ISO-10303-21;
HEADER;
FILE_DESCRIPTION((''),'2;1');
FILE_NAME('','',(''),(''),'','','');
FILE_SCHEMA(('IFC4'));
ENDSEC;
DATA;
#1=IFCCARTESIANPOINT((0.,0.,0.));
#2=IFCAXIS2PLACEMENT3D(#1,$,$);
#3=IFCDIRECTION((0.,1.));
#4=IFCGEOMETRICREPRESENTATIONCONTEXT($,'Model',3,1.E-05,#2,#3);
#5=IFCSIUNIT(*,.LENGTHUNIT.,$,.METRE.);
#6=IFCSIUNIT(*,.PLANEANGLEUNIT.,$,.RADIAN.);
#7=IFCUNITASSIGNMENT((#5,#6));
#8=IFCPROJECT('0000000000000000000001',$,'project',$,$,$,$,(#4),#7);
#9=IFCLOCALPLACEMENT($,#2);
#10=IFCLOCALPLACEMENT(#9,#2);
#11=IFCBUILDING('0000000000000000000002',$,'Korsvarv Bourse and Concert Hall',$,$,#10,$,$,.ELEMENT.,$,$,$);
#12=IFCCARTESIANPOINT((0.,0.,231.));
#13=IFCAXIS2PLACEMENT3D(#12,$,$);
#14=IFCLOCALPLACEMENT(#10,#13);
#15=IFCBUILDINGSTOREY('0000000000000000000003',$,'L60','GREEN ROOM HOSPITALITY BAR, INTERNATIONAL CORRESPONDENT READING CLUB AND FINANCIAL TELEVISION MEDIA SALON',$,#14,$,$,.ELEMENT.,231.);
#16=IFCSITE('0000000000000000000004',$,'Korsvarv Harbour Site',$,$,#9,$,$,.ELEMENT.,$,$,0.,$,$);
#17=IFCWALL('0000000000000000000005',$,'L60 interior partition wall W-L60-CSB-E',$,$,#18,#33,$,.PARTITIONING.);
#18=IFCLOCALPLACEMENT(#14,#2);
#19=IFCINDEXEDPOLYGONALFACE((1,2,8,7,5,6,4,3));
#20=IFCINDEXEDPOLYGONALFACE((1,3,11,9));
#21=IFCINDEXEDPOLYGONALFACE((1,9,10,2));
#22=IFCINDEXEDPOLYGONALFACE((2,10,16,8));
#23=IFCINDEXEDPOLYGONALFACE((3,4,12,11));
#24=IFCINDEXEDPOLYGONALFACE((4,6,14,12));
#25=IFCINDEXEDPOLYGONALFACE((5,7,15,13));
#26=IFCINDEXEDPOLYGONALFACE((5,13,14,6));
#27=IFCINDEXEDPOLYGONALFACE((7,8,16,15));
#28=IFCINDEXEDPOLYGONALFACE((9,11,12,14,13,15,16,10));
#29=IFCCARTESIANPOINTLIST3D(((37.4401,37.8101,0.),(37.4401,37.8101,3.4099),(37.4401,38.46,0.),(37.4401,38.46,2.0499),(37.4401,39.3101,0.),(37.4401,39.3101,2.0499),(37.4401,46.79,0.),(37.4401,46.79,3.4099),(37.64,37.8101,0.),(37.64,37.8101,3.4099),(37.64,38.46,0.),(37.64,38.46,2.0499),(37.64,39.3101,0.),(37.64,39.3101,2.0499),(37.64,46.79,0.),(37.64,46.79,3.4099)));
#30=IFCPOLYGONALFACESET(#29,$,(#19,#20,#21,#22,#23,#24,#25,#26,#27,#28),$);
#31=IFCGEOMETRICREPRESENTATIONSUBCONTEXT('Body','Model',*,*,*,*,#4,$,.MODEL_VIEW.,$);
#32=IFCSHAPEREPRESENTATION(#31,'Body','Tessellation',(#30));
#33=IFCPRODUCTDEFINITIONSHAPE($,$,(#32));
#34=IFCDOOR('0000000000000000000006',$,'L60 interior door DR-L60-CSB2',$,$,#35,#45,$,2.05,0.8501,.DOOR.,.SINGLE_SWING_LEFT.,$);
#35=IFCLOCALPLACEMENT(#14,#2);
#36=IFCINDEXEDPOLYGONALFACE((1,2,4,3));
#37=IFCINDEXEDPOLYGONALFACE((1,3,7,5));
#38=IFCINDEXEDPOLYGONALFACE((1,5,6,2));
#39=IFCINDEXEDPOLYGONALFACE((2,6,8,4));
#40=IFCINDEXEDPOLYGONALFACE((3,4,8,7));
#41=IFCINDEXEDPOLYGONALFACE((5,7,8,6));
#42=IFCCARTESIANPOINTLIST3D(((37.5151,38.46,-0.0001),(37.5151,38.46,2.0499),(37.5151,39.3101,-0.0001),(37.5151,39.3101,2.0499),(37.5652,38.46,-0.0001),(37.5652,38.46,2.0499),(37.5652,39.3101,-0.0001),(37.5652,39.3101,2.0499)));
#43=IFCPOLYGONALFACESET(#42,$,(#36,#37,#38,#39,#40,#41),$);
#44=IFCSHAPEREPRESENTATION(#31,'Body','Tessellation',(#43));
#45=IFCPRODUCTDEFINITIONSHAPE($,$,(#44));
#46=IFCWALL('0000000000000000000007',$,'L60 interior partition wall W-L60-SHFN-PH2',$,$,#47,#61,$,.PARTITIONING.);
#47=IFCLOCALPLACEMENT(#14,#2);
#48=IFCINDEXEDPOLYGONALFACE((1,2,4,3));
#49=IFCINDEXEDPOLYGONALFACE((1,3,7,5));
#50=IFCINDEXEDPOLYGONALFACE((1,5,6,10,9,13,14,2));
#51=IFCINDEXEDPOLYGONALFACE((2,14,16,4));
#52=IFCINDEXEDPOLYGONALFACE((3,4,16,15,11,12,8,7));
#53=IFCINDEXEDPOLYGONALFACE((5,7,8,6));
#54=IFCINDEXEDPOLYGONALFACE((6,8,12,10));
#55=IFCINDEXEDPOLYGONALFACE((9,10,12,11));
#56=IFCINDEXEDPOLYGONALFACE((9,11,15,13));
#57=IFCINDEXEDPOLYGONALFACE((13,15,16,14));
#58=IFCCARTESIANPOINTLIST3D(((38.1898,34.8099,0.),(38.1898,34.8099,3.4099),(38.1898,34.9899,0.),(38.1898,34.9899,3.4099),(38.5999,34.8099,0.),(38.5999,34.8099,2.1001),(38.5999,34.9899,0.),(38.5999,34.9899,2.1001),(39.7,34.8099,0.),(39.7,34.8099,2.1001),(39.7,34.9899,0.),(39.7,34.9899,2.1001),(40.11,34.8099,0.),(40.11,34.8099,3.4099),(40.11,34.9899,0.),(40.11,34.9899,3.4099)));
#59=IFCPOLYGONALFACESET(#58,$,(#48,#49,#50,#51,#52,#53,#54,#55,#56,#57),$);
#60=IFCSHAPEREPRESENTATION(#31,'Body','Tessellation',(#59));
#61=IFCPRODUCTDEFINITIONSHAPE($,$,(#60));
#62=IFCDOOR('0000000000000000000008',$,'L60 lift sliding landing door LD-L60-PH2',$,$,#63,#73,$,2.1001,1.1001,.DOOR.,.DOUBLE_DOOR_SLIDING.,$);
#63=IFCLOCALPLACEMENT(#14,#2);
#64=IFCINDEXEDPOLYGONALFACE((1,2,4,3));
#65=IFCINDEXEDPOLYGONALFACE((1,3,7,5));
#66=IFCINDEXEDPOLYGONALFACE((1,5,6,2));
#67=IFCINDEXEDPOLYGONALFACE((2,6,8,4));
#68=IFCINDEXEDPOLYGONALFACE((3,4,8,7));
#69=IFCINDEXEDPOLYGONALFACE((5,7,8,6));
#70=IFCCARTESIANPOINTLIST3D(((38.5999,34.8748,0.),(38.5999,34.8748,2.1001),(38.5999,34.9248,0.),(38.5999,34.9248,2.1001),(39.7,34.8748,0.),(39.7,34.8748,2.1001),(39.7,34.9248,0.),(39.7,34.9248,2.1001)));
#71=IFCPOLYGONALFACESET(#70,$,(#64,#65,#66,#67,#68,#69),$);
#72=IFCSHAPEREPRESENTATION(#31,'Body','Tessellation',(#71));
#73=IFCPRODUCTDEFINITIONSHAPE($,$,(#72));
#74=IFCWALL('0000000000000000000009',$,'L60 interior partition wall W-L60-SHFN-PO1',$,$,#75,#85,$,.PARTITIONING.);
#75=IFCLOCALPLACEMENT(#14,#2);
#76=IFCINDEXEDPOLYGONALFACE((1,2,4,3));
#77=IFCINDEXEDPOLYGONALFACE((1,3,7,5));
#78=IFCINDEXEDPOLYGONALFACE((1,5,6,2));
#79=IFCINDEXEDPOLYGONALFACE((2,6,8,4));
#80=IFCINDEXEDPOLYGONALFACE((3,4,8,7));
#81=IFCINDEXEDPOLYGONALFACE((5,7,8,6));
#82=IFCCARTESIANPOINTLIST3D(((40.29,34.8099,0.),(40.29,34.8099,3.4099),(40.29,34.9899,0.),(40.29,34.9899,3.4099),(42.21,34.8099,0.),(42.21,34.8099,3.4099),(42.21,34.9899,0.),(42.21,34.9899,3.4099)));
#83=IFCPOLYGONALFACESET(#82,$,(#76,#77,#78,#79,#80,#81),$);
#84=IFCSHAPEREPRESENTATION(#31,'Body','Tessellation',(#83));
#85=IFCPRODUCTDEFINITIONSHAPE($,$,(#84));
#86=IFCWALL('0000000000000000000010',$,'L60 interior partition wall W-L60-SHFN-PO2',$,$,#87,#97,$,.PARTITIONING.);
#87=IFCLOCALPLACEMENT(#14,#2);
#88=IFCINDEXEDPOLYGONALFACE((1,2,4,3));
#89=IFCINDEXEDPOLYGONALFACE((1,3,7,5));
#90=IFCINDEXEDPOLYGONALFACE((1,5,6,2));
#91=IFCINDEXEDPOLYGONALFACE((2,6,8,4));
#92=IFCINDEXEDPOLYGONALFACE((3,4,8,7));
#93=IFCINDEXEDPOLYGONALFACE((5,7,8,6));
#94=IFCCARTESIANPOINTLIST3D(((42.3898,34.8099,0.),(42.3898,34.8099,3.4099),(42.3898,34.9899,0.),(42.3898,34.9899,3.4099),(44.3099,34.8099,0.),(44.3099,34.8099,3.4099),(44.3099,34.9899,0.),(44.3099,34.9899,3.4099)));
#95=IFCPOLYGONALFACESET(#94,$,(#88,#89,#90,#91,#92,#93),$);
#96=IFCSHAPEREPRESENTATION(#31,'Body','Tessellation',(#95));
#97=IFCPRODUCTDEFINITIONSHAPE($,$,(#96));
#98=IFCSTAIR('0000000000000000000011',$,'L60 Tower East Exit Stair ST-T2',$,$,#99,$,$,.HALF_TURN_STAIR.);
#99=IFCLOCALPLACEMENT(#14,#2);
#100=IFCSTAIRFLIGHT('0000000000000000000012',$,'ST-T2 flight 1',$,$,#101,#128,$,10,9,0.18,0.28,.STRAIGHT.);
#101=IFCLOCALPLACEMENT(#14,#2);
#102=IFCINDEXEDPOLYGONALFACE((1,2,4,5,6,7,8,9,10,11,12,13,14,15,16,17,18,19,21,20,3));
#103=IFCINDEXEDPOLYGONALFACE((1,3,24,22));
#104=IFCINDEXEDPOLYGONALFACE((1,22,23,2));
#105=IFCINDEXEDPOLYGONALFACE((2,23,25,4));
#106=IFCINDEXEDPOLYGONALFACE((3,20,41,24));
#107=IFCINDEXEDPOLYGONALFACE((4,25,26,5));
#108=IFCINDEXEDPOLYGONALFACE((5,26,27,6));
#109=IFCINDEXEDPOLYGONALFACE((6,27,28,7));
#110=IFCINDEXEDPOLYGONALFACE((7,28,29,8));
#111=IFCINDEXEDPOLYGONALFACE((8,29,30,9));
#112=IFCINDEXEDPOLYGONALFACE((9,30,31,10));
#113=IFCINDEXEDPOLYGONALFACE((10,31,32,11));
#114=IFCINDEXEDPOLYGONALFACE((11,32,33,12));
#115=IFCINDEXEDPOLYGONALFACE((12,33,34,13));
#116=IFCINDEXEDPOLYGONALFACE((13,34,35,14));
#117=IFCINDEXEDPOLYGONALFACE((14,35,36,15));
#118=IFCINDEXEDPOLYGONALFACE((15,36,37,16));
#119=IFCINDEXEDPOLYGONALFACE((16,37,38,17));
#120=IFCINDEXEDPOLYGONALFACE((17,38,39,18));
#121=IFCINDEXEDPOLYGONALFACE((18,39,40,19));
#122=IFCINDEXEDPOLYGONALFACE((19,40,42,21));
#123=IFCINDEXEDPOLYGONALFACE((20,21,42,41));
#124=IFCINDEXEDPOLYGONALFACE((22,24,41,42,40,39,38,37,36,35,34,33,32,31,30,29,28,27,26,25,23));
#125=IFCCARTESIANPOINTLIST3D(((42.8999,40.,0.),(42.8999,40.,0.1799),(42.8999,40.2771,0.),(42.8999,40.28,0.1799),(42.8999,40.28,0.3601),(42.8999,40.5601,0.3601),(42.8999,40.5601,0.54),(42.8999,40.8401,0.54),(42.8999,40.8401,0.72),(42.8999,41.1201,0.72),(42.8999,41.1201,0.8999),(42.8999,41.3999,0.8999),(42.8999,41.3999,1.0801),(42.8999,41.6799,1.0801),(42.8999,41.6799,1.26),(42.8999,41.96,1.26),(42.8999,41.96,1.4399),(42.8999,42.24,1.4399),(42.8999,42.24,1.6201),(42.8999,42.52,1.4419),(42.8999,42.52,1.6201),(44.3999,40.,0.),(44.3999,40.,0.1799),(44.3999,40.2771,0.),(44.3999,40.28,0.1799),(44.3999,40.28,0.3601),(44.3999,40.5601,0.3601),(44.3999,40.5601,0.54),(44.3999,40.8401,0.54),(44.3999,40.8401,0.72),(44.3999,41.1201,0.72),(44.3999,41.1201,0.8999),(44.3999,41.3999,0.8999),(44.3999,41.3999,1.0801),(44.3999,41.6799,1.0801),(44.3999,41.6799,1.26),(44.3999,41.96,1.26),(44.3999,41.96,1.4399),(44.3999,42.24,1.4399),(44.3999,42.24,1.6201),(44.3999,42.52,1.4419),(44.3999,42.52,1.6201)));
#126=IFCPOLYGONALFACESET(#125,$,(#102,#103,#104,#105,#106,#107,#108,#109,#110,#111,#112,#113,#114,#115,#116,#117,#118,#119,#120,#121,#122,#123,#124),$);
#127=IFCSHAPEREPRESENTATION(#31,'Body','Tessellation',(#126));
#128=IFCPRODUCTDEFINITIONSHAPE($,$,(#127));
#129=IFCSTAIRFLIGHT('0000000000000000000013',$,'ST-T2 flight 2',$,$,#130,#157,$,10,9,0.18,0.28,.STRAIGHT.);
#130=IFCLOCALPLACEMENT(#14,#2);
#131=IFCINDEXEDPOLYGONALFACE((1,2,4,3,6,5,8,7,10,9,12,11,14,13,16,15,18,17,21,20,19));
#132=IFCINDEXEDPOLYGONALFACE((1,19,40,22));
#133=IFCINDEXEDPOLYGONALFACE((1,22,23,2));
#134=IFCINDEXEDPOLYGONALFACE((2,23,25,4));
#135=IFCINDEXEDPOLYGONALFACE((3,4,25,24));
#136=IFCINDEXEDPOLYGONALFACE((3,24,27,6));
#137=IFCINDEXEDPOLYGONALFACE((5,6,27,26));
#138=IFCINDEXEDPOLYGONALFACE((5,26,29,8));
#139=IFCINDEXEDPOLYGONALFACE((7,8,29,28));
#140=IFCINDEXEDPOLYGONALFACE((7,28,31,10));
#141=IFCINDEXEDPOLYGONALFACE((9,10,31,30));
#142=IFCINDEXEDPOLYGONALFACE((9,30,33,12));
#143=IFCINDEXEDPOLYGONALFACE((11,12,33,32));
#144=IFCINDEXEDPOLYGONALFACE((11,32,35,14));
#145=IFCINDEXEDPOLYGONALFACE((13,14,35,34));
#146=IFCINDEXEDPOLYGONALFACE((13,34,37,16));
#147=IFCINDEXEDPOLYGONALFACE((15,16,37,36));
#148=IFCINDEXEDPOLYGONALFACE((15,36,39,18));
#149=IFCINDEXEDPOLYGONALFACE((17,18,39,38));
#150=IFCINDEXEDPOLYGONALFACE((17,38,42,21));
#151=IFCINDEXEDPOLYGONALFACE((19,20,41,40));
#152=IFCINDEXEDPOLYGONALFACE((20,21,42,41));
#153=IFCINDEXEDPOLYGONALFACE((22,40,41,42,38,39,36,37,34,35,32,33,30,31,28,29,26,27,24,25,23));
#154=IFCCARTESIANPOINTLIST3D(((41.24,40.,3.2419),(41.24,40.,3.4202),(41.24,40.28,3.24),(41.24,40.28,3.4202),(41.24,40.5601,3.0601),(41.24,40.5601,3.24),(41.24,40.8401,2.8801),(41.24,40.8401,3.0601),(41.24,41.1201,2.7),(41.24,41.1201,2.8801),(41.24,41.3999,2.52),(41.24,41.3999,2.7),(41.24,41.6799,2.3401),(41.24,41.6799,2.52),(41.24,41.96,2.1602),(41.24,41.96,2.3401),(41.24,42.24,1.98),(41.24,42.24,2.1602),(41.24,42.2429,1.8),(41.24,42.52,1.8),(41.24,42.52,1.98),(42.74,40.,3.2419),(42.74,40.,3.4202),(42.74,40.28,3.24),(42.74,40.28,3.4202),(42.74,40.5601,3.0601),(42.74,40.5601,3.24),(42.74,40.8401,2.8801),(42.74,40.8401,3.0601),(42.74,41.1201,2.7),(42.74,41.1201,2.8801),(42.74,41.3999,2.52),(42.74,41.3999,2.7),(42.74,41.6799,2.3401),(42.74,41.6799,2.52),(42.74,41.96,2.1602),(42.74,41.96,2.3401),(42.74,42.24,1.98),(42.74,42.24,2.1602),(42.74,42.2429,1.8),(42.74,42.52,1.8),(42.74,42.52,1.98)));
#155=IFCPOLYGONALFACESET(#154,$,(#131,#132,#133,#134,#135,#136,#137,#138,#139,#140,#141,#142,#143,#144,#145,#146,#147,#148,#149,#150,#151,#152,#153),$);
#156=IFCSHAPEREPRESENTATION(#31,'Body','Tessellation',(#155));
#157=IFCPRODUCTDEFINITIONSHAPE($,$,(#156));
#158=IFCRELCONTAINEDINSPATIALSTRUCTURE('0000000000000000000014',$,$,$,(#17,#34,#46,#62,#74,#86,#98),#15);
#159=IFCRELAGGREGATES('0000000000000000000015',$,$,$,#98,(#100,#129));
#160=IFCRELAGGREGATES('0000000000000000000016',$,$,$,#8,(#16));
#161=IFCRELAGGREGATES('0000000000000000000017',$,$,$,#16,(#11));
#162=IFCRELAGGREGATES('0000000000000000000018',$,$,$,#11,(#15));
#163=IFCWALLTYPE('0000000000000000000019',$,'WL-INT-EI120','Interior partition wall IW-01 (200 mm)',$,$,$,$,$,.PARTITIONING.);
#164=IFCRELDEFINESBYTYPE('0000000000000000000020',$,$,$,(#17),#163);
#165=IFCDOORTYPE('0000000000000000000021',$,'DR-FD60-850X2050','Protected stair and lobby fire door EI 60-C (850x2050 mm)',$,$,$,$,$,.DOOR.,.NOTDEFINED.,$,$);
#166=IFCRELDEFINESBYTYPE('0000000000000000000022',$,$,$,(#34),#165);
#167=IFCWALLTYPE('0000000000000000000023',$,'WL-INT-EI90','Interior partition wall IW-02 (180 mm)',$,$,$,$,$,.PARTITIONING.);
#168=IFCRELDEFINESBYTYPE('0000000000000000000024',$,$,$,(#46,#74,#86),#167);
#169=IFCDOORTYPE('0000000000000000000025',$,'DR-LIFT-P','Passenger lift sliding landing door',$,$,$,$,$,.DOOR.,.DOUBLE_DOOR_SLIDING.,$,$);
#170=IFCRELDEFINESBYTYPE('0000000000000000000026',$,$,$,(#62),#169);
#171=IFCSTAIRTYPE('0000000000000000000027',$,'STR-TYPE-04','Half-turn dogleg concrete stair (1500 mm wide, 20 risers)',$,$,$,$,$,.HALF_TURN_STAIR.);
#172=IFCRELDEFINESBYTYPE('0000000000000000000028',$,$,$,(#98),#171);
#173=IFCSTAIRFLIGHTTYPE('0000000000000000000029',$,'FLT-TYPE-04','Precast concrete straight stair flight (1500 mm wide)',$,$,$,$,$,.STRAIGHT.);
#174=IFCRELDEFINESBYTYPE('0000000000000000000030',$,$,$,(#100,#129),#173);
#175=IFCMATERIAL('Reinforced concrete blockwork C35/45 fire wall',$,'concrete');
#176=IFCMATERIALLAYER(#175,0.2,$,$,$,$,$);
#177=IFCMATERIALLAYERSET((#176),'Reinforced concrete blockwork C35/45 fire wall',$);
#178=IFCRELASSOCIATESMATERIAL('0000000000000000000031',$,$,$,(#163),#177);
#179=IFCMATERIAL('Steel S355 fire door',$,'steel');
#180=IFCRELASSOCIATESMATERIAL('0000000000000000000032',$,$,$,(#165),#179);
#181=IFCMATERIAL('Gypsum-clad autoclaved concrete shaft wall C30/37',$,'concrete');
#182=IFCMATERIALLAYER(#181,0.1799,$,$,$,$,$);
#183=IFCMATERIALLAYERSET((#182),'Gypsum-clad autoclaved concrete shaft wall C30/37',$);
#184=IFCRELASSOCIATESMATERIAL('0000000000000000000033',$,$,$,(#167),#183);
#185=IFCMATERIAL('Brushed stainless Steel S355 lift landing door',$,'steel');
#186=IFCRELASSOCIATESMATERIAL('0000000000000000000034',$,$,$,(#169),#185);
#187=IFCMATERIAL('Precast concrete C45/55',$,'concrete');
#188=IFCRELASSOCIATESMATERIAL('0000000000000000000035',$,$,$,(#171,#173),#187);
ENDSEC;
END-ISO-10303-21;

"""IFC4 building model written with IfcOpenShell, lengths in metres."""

from ifc_helpers import new_model, si_unit, direction, frame, frame_2d, origin, place, context, subcontext, project, spatial, polyline, rectangle, outline, extrude, material, layer, layer_set, type_object, element, fill, aggregate, save


model = new_model("IFC4")

# Units and contexts
model_context = context("Model", 3, precision=1e-05, world=origin(), true_north=direction((0.0, 1.0)))
body_context = subcontext(model_context, "Body", "Model", "MODEL_VIEW")
ifc_project = project(units=[si_unit("LENGTHUNIT", "METRE"), si_unit("PLANEANGLEUNIT", "RADIAN")], contexts=[model_context])

# Site, building, storey
site_placement = place(None, origin())
site = spatial("IfcSite", under=ifc_project, at=site_placement, Name="Korsvarv Harbour Site", CompositionType="ELEMENT", RefElevation=0.0)
building_placement = place(site_placement, origin())
building = spatial("IfcBuilding", under=site, at=building_placement, Name="Korsvarv Bourse and Concert Hall", CompositionType="ELEMENT")
storey_placement = place(building_placement, frame((0.0, 0.0, 231.0)))
storey = spatial("IfcBuildingStorey", under=building, at=storey_placement, Name="L60", Description="GREEN ROOM HOSPITALITY BAR, INTERNATIONAL CORRESPONDENT READING CLUB AND FINANCIAL TELEVISION MEDIA SALON", CompositionType="ELEMENT", Elevation=231.0)

# Shared definitions
ifc_material_1 = material(Name="Steel S355 fire door", Category="steel")

# Walls, openings, doors
ifc_material_2 = material(Name="Reinforced concrete blockwork C35/45 fire wall", Category="concrete")
ifc_layer_1 = layer(ifc_material_2, 0.2)
ifc_layer_set_1 = layer_set([ifc_layer_1], Name="Reinforced concrete blockwork C35/45 fire wall")
wall_type_1 = type_object("IfcWallType", Name="WL-INT-EI120", Description="Interior partition wall IW-01 (200 mm)", PredefinedType="PARTITIONING", material=ifc_layer_set_1)
wall_1_placement = place(storey_placement, frame((37.54, 37.8101, 0.0), z_axis=(0.0, 0.0, 1.0), x_axis=(0.0, 1.0, 0.0)))
wall_1 = element("IfcWall", 1, at=wall_1_placement, inside=storey, type_object=wall_type_1, Name="L60 interior partition wall W-L60-CSB-E", PredefinedType="PARTITIONING", context=body_context, shape_type="SweptSolid", body=[
    extrude(rectangle(XDim=8.98, YDim=0.2, at=frame_2d((4.49, 0.0))), origin(), (0.0, 0.0, 1.0), 3.4099),
])
opening_1_placement = place(wall_1_placement, frame((0.6499, 0.0, 0.0)))
opening_1 = element("IfcOpeningElement", 2, at=opening_1_placement, cuts=wall_1, PredefinedType="OPENING", context=body_context, shape_type="SweptSolid", body=[
    extrude(rectangle(XDim=0.8501, YDim=2.05, at=frame_2d((0.425, 1.0249))), frame((0.0, 0.1099, 0.0), z_axis=(0.0, -1.0, 0.0), x_axis=(1.0, 0.0, 0.0)), (0.0, 0.0, 1.0), 0.22),
])
door_type_1 = type_object("IfcDoorType", Name="DR-FD60-850X2050", Description="Protected stair and lobby fire door EI 60-C (850x2050 mm)", OperationType="NOTDEFINED", PredefinedType="DOOR", material=ifc_material_1)
door_1_placement = place(opening_1_placement, origin())
door_1 = element("IfcDoor", 3, at=door_1_placement, inside=storey, type_object=door_type_1, Name="L60 interior door DR-L60-CSB2", OperationType="SINGLE_SWING_LEFT", OverallHeight=2.05, OverallWidth=0.8501, PredefinedType="DOOR", context=body_context, shape_type="SweptSolid", body=[
    extrude(rectangle(XDim=0.8501, YDim=2.05, at=frame_2d((0.425, 1.0249))), frame((0.0, 0.0249, 0.0), z_axis=(0.0, -1.0, 0.0), x_axis=(1.0, 0.0, 0.0)), (0.0, 0.0, 1.0), 0.05),
])
fill(opening_1, door_1)
ifc_material_3 = material(Name="Gypsum-clad autoclaved concrete shaft wall C30/37", Category="concrete")
ifc_layer_2 = layer(ifc_material_3, 0.1799)
ifc_layer_set_2 = layer_set([ifc_layer_2], Name="Gypsum-clad autoclaved concrete shaft wall C30/37")
wall_type_2 = type_object("IfcWallType", Name="WL-INT-EI90", Description="Interior partition wall IW-02 (180 mm)", PredefinedType="PARTITIONING", material=ifc_layer_set_2)
wall_2_placement = place(storey_placement, frame((38.1899, 34.8999, 0.0), z_axis=(0.0, 0.0, 1.0), x_axis=(1.0, 0.0, 0.0)))
wall_2 = element("IfcWall", 4, at=wall_2_placement, inside=storey, type_object=wall_type_2, Name="L60 interior partition wall W-L60-SHFN-PH2", PredefinedType="PARTITIONING", context=body_context, shape_type="SweptSolid", body=[
    extrude(rectangle(XDim=1.9202, YDim=0.1799, at=frame_2d((0.96, 0.0))), origin(), (0.0, 0.0, 1.0), 3.4099),
])
opening_2_placement = place(wall_2_placement, frame((0.4099, 0.0, 0.0)))
opening_2 = element("IfcOpeningElement", 5, at=opening_2_placement, cuts=wall_2, PredefinedType="OPENING", context=body_context, shape_type="SweptSolid", body=[
    extrude(rectangle(XDim=1.1001, YDim=2.1001, at=frame_2d((0.55, 1.05))), frame((0.0, 0.1001, 0.0), z_axis=(0.0, -1.0, 0.0), x_axis=(1.0, 0.0, 0.0)), (0.0, 0.0, 1.0), 0.2),
])
ifc_material_4 = material(Name="Brushed stainless Steel S355 lift landing door", Category="steel")
door_type_2 = type_object("IfcDoorType", Name="DR-LIFT-P", Description="Passenger lift sliding landing door", OperationType="DOUBLE_DOOR_SLIDING", PredefinedType="DOOR", material=ifc_material_4)
door_2_placement = place(opening_2_placement, origin())
door_2 = element("IfcDoor", 6, at=door_2_placement, inside=storey, type_object=door_type_2, Name="L60 lift sliding landing door LD-L60-PH2", OperationType="DOUBLE_DOOR_SLIDING", OverallHeight=2.1001, OverallWidth=1.1001, PredefinedType="DOOR", context=body_context, shape_type="SweptSolid", body=[
    extrude(rectangle(XDim=1.1001, YDim=2.1001, at=frame_2d((0.55, 1.05))), frame((0.0, 0.0249, 0.0), z_axis=(0.0, -1.0, 0.0), x_axis=(1.0, 0.0, 0.0)), (0.0, 0.0, 1.0), 0.05),
])
fill(opening_2, door_2)

# Walls
wall_3_placement = place(storey_placement, frame((40.29, 34.8999, 0.0), z_axis=(0.0, 0.0, 1.0), x_axis=(1.0, 0.0, 0.0)))
element("IfcWall", 7, at=wall_3_placement, inside=storey, type_object=wall_type_2, Name="L60 interior partition wall W-L60-SHFN-PO1", PredefinedType="PARTITIONING", context=body_context, shape_type="SweptSolid", body=[
    extrude(rectangle(XDim=1.9199, YDim=0.1799, at=frame_2d((0.96, 0.0))), origin(), (0.0, 0.0, 1.0), 3.4099),
])
wall_4_placement = place(storey_placement, frame((42.3899, 34.8999, 0.0), z_axis=(0.0, 0.0, 1.0), x_axis=(1.0, 0.0, 0.0)))
element("IfcWall", 8, at=wall_4_placement, inside=storey, type_object=wall_type_2, Name="L60 interior partition wall W-L60-SHFN-PO2", PredefinedType="PARTITIONING", context=body_context, shape_type="SweptSolid", body=[
    extrude(rectangle(XDim=1.9202, YDim=0.1799, at=frame_2d((0.96, 0.0))), origin(), (0.0, 0.0, 1.0), 3.4099),
])

# Stair, stair flights
ifc_material_5 = material(Name="Precast concrete C45/55", Category="concrete")
stair_type = type_object("IfcStairType", Name="STR-TYPE-04", Description="Half-turn dogleg concrete stair (1500 mm wide, 20 risers)", PredefinedType="HALF_TURN_STAIR", material=ifc_material_5)
stair_placement = place(storey_placement, origin())
stair = element("IfcStair", 9, at=stair_placement, inside=storey, type_object=stair_type, Name="L60 Tower East Exit Stair ST-T2", PredefinedType="HALF_TURN_STAIR")
stair_flight_type = type_object("IfcStairFlightType", Name="FLT-TYPE-04", Description="Precast concrete straight stair flight (1500 mm wide)", PredefinedType="STRAIGHT", material=ifc_material_5)
stair_flight_1_placement = place(storey_placement, frame((43.6499, 40.0, 0.0), z_axis=(0.0, 0.0, 1.0), x_axis=(0.0, 1.0, 0.0)))
stair_flight_1 = element("IfcStairFlight", 10, at=stair_flight_1_placement, type_object=stair_flight_type, Name="ST-T2 flight 1", NumberOfRisers=10, NumberOfTreads=9, PredefinedType="STRAIGHT", RiserHeight=0.18, TreadLength=0.28, context=body_context, shape_type="SweptSolid", body=[
    extrude(outline(polyline([(0.0, 0.0), (0.0, 0.1799), (0.28, 0.1799), (0.28, 0.3601), (0.5601, 0.3601), (0.5601, 0.54), (0.8401, 0.54), (0.8401, 0.72), (1.1201, 0.72), (1.1201, 0.8999), (1.3999, 0.8999), (1.3999, 1.0801), (1.6799, 1.0801), (1.6799, 1.26), (1.96, 1.26), (1.96, 1.4399), (2.24, 1.4399), (2.24, 1.6201), (2.52, 1.6201), (2.52, 1.8), (2.52, 1.4419), (0.2771, 0.0), (0.0, 0.0)])), frame((0.0, 0.75, 0.0), z_axis=(0.0, -1.0, 0.0), x_axis=(1.0, 0.0, 0.0)), (0.0, 0.0, 1.0), 1.5),
])
stair_flight_2_placement = place(storey_placement, frame((41.99, 42.52, 1.8), z_axis=(0.0, 0.0, 1.0), x_axis=(0.0, -1.0, 0.0)))
stair_flight_2 = element("IfcStairFlight", 11, at=stair_flight_2_placement, type_object=stair_flight_type, Name="ST-T2 flight 2", NumberOfRisers=10, NumberOfTreads=9, PredefinedType="STRAIGHT", RiserHeight=0.18, TreadLength=0.28, context=body_context, shape_type="SweptSolid", body=[
    extrude(outline(polyline([(0.0, 0.0), (0.0, 0.1799), (0.28, 0.1799), (0.28, 0.3601), (0.5601, 0.3601), (0.5601, 0.54), (0.8401, 0.54), (0.8401, 0.72), (1.1201, 0.72), (1.1201, 0.8999), (1.3999, 0.8999), (1.3999, 1.0801), (1.6799, 1.0801), (1.6799, 1.26), (1.96, 1.26), (1.96, 1.4399), (2.24, 1.4399), (2.24, 1.6201), (2.52, 1.6201), (2.52, 1.8), (2.52, 1.4419), (0.2771, 0.0), (0.0, 0.0)])), frame((0.0, 0.75, 0.0), z_axis=(0.0, -1.0, 0.0), x_axis=(1.0, 0.0, 0.0)), (0.0, 0.0, 1.0), 1.5),
])
aggregate(stair, [stair_flight_1, stair_flight_2])

save(model, "model.ifc")
